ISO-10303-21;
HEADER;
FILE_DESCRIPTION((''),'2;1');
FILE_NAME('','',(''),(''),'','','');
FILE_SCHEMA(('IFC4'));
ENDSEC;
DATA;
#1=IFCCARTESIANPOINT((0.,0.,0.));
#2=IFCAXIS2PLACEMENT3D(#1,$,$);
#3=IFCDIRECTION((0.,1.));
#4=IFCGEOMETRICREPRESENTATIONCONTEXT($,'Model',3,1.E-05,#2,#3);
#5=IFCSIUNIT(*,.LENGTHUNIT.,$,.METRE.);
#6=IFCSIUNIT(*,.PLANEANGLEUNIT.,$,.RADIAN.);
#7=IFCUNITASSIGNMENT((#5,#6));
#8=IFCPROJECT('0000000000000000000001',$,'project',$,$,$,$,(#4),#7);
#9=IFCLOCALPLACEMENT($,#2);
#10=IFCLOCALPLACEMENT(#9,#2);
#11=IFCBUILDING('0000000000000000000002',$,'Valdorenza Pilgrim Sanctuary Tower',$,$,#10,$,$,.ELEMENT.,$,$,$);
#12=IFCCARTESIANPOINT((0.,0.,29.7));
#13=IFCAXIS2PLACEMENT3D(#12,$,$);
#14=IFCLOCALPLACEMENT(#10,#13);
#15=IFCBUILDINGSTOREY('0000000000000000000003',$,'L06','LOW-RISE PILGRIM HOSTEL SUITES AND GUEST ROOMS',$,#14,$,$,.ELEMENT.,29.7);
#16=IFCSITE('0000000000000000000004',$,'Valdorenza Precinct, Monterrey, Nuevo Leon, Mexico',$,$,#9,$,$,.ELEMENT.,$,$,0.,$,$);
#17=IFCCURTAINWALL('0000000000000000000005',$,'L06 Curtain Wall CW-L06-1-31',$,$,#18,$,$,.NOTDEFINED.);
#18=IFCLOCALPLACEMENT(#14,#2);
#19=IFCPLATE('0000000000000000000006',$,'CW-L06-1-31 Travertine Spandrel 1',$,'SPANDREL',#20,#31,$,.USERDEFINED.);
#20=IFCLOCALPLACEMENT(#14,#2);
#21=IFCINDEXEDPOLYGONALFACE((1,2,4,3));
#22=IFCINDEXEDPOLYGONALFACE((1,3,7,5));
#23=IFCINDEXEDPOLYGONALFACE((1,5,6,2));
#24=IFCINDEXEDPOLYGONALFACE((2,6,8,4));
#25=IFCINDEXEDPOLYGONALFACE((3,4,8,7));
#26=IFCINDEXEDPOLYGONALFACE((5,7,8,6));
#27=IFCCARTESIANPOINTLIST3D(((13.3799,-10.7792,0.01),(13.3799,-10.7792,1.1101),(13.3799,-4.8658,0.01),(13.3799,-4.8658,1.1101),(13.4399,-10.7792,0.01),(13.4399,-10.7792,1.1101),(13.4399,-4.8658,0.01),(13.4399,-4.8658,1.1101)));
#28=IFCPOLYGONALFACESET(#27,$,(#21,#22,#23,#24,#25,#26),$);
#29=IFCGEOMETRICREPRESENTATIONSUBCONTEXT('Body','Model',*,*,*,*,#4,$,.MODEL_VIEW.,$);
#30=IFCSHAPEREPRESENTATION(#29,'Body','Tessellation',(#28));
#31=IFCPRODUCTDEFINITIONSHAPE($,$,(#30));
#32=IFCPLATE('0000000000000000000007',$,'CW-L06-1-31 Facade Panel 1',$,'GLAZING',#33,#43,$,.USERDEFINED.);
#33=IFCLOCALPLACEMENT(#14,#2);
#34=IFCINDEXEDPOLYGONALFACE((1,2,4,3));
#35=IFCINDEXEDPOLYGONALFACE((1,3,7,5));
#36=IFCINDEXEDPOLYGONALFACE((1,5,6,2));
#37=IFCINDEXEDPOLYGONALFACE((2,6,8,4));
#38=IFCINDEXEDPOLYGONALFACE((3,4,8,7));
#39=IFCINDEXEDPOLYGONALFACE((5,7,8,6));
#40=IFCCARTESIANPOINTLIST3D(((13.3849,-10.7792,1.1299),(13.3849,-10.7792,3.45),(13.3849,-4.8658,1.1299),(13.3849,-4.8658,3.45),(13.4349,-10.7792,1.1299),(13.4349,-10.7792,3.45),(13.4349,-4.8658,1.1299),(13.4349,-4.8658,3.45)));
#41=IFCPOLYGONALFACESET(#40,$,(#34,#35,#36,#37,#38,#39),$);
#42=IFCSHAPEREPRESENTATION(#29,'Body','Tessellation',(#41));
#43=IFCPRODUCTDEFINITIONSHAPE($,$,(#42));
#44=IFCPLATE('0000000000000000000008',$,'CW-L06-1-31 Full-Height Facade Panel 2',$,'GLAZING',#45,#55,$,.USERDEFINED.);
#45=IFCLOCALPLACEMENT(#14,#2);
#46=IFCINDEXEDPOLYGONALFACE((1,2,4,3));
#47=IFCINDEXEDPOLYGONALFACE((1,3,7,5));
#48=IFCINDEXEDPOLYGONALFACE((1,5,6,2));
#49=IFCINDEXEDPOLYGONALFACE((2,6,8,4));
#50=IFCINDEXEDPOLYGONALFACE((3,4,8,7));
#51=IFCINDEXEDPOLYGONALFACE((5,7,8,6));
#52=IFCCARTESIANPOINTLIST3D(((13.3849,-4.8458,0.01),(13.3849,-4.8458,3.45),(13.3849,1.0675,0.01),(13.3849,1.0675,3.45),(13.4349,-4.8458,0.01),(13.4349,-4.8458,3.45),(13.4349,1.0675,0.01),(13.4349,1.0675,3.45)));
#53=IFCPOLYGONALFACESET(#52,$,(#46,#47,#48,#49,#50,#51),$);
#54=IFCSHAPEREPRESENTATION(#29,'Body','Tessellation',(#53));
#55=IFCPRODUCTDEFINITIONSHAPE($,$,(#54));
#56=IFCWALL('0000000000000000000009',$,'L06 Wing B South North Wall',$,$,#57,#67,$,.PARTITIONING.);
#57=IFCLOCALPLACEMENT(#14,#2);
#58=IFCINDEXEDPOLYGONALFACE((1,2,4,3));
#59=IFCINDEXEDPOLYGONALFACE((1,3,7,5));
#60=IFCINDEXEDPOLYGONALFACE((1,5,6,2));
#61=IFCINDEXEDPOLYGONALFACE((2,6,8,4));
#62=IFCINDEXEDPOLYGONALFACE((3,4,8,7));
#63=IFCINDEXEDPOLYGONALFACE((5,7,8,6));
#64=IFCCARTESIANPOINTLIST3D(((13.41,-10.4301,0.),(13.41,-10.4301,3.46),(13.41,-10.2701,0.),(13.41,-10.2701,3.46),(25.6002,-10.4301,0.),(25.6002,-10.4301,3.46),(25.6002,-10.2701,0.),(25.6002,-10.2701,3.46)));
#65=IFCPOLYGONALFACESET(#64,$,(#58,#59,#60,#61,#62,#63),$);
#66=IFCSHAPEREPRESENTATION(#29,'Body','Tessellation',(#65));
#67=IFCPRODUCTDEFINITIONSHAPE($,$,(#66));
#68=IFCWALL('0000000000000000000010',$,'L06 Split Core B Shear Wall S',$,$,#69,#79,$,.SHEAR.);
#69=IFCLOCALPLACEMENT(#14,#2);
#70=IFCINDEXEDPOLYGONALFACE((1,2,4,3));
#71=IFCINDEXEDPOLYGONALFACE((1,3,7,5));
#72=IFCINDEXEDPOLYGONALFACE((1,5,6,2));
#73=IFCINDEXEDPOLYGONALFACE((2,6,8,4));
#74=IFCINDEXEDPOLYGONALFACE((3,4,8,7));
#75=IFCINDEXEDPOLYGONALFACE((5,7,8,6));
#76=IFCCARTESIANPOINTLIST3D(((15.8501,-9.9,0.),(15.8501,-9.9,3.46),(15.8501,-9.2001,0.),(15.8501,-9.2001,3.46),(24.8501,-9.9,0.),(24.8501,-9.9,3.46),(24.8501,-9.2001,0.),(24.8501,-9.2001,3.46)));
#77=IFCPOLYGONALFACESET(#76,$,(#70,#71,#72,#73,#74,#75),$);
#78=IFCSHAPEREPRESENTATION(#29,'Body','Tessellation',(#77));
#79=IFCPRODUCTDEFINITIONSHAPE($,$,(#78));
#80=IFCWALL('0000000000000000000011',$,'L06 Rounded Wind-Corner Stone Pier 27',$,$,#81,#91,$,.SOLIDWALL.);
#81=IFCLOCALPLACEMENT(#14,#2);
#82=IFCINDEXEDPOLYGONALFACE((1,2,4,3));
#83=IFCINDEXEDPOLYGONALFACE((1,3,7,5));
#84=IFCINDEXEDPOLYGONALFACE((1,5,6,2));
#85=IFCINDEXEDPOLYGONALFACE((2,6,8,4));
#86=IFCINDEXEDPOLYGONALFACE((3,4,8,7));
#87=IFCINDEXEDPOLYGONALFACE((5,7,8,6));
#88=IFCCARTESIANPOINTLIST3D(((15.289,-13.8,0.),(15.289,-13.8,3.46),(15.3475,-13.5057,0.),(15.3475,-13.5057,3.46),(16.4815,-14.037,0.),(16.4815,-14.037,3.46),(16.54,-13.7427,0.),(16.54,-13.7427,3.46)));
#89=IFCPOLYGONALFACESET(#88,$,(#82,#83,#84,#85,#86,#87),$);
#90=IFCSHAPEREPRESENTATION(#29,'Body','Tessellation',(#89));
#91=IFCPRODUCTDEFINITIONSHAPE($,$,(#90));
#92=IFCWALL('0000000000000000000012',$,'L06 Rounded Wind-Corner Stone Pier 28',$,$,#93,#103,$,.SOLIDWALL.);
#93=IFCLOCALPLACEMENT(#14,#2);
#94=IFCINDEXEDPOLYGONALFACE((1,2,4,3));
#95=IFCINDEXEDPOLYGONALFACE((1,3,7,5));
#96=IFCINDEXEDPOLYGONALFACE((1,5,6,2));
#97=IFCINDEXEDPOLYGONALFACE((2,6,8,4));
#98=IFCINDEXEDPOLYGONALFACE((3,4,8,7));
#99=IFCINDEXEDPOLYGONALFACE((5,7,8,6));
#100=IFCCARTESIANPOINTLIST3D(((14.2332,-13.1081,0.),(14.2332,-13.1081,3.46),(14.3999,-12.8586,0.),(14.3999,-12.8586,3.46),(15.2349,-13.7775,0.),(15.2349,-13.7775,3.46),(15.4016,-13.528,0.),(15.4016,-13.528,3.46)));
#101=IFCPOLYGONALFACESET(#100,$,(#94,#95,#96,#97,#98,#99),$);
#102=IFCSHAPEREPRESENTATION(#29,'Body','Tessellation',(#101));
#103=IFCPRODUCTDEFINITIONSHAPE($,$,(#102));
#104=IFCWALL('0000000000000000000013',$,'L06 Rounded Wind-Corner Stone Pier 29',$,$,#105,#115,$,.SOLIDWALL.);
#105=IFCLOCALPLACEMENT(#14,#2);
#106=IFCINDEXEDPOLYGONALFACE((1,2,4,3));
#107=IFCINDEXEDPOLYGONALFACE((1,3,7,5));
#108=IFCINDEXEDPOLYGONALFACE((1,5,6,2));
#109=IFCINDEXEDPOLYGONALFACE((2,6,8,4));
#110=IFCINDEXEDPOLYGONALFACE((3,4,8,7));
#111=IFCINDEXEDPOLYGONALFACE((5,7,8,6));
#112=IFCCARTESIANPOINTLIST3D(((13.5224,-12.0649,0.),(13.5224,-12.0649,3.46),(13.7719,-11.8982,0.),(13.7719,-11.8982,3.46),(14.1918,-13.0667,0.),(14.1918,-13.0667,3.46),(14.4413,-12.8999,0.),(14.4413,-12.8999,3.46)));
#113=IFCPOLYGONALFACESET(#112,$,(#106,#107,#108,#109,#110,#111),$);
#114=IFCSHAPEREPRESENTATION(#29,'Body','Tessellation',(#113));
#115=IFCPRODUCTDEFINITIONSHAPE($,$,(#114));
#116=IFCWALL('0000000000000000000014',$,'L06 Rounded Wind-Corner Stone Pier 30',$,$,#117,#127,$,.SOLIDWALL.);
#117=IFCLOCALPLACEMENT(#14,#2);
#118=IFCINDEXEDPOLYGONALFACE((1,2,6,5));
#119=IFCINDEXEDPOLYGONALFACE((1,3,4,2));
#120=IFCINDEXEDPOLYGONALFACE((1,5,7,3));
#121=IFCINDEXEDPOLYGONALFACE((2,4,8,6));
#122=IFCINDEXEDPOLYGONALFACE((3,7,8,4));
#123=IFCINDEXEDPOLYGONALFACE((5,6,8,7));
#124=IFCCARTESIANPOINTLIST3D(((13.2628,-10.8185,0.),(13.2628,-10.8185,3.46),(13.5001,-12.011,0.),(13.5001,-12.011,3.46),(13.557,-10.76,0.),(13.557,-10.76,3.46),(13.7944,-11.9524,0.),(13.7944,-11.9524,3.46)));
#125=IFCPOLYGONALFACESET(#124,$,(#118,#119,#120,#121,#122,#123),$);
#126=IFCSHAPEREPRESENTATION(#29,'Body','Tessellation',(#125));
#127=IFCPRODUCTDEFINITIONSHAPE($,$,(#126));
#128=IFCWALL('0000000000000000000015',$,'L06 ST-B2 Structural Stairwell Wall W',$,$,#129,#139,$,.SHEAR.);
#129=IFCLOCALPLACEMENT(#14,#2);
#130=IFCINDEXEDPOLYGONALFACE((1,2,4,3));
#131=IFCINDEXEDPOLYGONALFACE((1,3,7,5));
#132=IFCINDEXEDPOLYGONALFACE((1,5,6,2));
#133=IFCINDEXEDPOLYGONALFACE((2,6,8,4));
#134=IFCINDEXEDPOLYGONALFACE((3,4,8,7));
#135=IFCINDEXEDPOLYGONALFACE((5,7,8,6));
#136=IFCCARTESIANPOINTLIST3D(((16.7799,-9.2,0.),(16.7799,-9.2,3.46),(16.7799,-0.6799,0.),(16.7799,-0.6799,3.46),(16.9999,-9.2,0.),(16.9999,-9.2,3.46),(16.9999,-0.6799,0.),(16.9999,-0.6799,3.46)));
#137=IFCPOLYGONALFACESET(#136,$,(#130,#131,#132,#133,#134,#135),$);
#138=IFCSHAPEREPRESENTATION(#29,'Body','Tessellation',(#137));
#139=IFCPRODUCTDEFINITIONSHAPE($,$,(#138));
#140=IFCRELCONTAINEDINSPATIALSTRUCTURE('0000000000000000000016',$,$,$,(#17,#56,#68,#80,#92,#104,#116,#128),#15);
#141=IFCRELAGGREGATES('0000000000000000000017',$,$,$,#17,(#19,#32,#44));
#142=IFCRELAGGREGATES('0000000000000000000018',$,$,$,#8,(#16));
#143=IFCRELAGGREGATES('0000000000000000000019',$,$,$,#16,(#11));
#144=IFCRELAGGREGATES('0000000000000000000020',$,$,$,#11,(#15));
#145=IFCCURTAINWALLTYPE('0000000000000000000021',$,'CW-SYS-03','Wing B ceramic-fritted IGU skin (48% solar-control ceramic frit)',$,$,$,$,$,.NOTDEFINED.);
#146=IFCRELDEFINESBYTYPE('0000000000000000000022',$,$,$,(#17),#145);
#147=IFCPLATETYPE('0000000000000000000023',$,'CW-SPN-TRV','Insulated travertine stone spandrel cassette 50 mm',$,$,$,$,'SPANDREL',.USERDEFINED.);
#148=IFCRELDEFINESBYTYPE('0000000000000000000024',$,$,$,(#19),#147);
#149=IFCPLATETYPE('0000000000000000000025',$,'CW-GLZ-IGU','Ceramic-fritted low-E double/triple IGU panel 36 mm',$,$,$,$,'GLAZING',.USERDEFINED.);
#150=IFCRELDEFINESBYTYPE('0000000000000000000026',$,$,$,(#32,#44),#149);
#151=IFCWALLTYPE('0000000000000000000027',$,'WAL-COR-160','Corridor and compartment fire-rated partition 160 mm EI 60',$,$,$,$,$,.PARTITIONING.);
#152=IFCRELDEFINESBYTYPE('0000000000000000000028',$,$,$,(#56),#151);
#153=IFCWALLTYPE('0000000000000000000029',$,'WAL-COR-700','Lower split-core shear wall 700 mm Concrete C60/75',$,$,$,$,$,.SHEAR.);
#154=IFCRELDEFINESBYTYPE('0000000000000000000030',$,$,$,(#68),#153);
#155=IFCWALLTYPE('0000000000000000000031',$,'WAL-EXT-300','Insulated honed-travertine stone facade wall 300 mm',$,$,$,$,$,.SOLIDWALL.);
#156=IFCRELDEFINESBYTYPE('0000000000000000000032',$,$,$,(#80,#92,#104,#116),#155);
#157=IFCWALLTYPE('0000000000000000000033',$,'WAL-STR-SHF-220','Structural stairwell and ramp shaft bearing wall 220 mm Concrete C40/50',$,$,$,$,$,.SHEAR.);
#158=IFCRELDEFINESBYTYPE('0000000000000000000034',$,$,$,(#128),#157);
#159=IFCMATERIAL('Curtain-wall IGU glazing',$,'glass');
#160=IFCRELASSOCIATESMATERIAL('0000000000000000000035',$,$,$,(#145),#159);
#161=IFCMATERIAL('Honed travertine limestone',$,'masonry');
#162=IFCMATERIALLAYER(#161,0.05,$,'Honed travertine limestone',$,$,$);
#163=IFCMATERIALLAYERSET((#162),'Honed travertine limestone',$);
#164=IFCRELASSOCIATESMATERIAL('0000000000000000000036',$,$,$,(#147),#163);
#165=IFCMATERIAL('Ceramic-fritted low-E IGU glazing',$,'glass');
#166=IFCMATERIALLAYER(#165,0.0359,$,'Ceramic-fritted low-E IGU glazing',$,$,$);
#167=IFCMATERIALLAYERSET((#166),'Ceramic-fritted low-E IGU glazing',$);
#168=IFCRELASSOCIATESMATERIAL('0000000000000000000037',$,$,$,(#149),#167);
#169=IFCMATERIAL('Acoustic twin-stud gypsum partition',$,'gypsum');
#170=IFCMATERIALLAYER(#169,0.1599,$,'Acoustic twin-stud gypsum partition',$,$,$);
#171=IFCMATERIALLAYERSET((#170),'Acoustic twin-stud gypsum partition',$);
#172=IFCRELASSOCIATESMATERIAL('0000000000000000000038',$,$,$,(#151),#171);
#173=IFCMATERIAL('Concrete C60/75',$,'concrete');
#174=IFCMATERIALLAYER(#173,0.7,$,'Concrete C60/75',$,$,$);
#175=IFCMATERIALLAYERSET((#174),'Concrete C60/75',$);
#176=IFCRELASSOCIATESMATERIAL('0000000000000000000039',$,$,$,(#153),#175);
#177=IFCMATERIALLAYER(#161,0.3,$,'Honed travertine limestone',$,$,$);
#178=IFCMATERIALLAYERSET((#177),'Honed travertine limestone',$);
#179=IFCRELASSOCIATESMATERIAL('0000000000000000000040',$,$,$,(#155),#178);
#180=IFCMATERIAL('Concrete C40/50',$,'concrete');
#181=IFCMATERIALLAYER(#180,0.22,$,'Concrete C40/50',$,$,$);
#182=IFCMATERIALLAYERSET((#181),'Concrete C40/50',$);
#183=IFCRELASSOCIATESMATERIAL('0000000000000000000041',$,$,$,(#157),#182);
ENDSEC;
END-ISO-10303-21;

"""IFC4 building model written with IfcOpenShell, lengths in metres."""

from ifc_helpers import new_model, si_unit, direction, frame, frame_2d, origin, origin_2d, place, context, subcontext, project, spatial, rectangle, extrude, source, transform, mapped, material, layer, layer_set, type_object, element, aggregate, save


model = new_model("IFC4")

# Units and contexts
model_context = context("Model", 3, precision=1e-05, world=origin(), true_north=direction((0.0, 1.0)))
body_context = subcontext(model_context, "Body", "Model", "MODEL_VIEW")
ifc_project = project(units=[si_unit("LENGTHUNIT", "METRE"), si_unit("PLANEANGLEUNIT", "RADIAN")], contexts=[model_context])

# Site, building, storey
site_placement = place(None, origin())
site = spatial("IfcSite", under=ifc_project, at=site_placement, Name="Valdorenza Precinct, Monterrey, Nuevo Leon, Mexico", CompositionType="ELEMENT", RefElevation=0.0)
building_placement = place(site_placement, origin())
building = spatial("IfcBuilding", under=site, at=building_placement, Name="Valdorenza Pilgrim Sanctuary Tower", CompositionType="ELEMENT")
storey_placement = place(building_placement, frame((0.0, 0.0, 29.7)))
storey = spatial("IfcBuildingStorey", under=building, at=storey_placement, Name="L06", Description="LOW-RISE PILGRIM HOSTEL SUITES AND GUEST ROOMS", CompositionType="ELEMENT", Elevation=29.7)

# Shared definitions
ifc_material_1 = material(Name="Concrete C60/75", Category="concrete")

# Shared definitions
ifc_material_2 = material(Name="Curtain-wall IGU glazing", Category="glass")
curtain_wall_type = type_object("IfcCurtainWallType", Name="CW-SYS-03", Description="Wing B ceramic-fritted IGU skin (48% solar-control ceramic frit)", PredefinedType="NOTDEFINED", material=ifc_material_2)

# Curtain wall, plates
curtain_wall_1_placement = place(storey_placement, origin())
curtain_wall_1 = element("IfcCurtainWall", 1, at=curtain_wall_1_placement, inside=storey, type_object=curtain_wall_type, Name="L06 Curtain Wall CW-L06-1-31", PredefinedType="NOTDEFINED")
ifc_material_3 = material(Name="Honed travertine limestone", Category="masonry")
ifc_layer_1 = layer(ifc_material_3, 0.05, Name="Honed travertine limestone")
ifc_layer_set_1 = layer_set([ifc_layer_1], Name="Honed travertine limestone")
plate_type_1 = type_object("IfcPlateType", Name="CW-SPN-TRV", Description="Insulated travertine stone spandrel cassette 50 mm", ElementType="SPANDREL", PredefinedType="USERDEFINED", material=ifc_layer_set_1)
shared_shape_1 = source(origin(), body_context, "Body", "SweptSolid", [
    extrude(rectangle(XDim=5.9133, YDim=0.0601, at=origin_2d()), origin(), (0.0, 0.0, 1.0), 1.1001),
])
plate_1_placement = place(storey_placement, frame((13.4099, -7.8225, 0.01), z_axis=(0.0, 0.0, 1.0), x_axis=(0.0, 1.0, 0.0)))
plate_1 = element("IfcPlate", 2, at=plate_1_placement, type_object=plate_type_1, Name="CW-L06-1-31 Travertine Spandrel 1", ObjectType="SPANDREL", PredefinedType="USERDEFINED", context=body_context, shape_type="MappedRepresentation", body=[
    mapped(shared_shape_1, transform((0.0, 0.0, 0.0), x_axis=(1.0, 0.0, 0.0), y_axis=(0.0, 1.0, 0.0), z_axis=(0.0, 0.0, 1.0), scale=1.0)),
])
ifc_material_4 = material(Name="Ceramic-fritted low-E IGU glazing", Category="glass")
ifc_layer_2 = layer(ifc_material_4, 0.0359, Name="Ceramic-fritted low-E IGU glazing")
ifc_layer_set_2 = layer_set([ifc_layer_2], Name="Ceramic-fritted low-E IGU glazing")
plate_type_2 = type_object("IfcPlateType", Name="CW-GLZ-IGU", Description="Ceramic-fritted low-E double/triple IGU panel 36 mm", ElementType="GLAZING", PredefinedType="USERDEFINED", material=ifc_layer_set_2)
shared_shape_2 = source(origin(), body_context, "Body", "SweptSolid", [
    extrude(rectangle(XDim=5.9133, YDim=0.05, at=origin_2d()), origin(), (0.0, 0.0, 1.0), 2.3201),
])
plate_2_placement = place(storey_placement, frame((13.4099, -7.8225, 1.1299), z_axis=(0.0, 0.0, 1.0), x_axis=(0.0, 1.0, 0.0)))
plate_2 = element("IfcPlate", 3, at=plate_2_placement, type_object=plate_type_2, Name="CW-L06-1-31 Facade Panel 1", ObjectType="GLAZING", PredefinedType="USERDEFINED", context=body_context, shape_type="MappedRepresentation", body=[
    mapped(shared_shape_2, transform((0.0, 0.0, 0.0), x_axis=(1.0, 0.0, 0.0), y_axis=(0.0, 1.0, 0.0), z_axis=(0.0, 0.0, 1.0), scale=1.0)),
])
shared_shape_3 = source(origin(), body_context, "Body", "SweptSolid", [
    extrude(rectangle(XDim=5.9133, YDim=0.05, at=origin_2d()), origin(), (0.0, 0.0, 1.0), 3.4399),
])
plate_3_placement = place(storey_placement, frame((13.4099, -1.8892, 0.01), z_axis=(0.0, 0.0, 1.0), x_axis=(0.0, 1.0, 0.0)))
plate_3 = element("IfcPlate", 4, at=plate_3_placement, type_object=plate_type_2, Name="CW-L06-1-31 Full-Height Facade Panel 2", ObjectType="GLAZING", PredefinedType="USERDEFINED", context=body_context, shape_type="MappedRepresentation", body=[
    mapped(shared_shape_3, transform((0.0, 0.0, 0.0), x_axis=(1.0, 0.0, 0.0), y_axis=(0.0, 1.0, 0.0), z_axis=(0.0, 0.0, 1.0), scale=1.0)),
])
aggregate(curtain_wall_1, [plate_1, plate_2, plate_3])

# Walls
ifc_material_5 = material(Name="Acoustic twin-stud gypsum partition", Category="gypsum")
ifc_layer_3 = layer(ifc_material_5, 0.1599, Name="Acoustic twin-stud gypsum partition")
ifc_layer_set_3 = layer_set([ifc_layer_3], Name="Acoustic twin-stud gypsum partition")
wall_type_1 = type_object("IfcWallType", Name="WAL-COR-160", Description="Corridor and compartment fire-rated partition 160 mm EI 60", PredefinedType="PARTITIONING", material=ifc_layer_set_3)
wall_1_placement = place(storey_placement, frame((13.4099, -10.3501, 0.0), z_axis=(0.0, 0.0, 1.0), x_axis=(1.0, 0.0, 0.0)))
element("IfcWall", 5, at=wall_1_placement, inside=storey, type_object=wall_type_1, Name="L06 Wing B South North Wall", PredefinedType="PARTITIONING", context=body_context, shape_type="SweptSolid", body=[
    extrude(rectangle(XDim=12.1902, YDim=0.1599, at=frame_2d((6.0952, 0.0))), origin(), (0.0, 0.0, 1.0), 3.46),
])
ifc_layer_4 = layer(ifc_material_1, 0.7, Name="Concrete C60/75")
ifc_layer_set_4 = layer_set([ifc_layer_4], Name="Concrete C60/75")
wall_type_2 = type_object("IfcWallType", Name="WAL-COR-700", Description="Lower split-core shear wall 700 mm Concrete C60/75", PredefinedType="SHEAR", material=ifc_layer_set_4)
wall_2_placement = place(storey_placement, frame((15.8501, -9.55, 0.0), z_axis=(0.0, 0.0, 1.0), x_axis=(1.0, 0.0, 0.0)))
element("IfcWall", 6, at=wall_2_placement, inside=storey, type_object=wall_type_2, Name="L06 Split Core B Shear Wall S", PredefinedType="SHEAR", context=body_context, shape_type="SweptSolid", body=[
    extrude(rectangle(XDim=9.0, YDim=0.7, at=frame_2d((4.5, 0.0))), origin(), (0.0, 0.0, 1.0), 3.46),
])
ifc_layer_5 = layer(ifc_material_3, 0.3, Name="Honed travertine limestone")
ifc_layer_set_5 = layer_set([ifc_layer_5], Name="Honed travertine limestone")
wall_type_3 = type_object("IfcWallType", Name="WAL-EXT-300", Description="Insulated honed-travertine stone facade wall 300 mm", PredefinedType="SOLIDWALL", material=ifc_layer_set_5)
wall_3_placement = place(storey_placement, frame((16.5107, -13.8899, 0.0), z_axis=(0.0, 0.0, 1.0), x_axis=(-0.980804, 0.194996, 0.0)))
element("IfcWall", 7, at=wall_3_placement, inside=storey, type_object=wall_type_3, Name="L06 Rounded Wind-Corner Stone Pier 27", PredefinedType="SOLIDWALL", context=body_context, shape_type="SweptSolid", body=[
    extrude(rectangle(XDim=1.2158, YDim=0.3, at=frame_2d((0.6079, 0.0))), origin(), (0.0, 0.0, 1.0), 3.46),
])
for number, where, z_axis, x_axis, name in (
    (8, (15.3184, -13.6528, 0.0), (0.0, 0.0, 1.0), (-0.831426, 0.555635, 0.0), "L06 Rounded Wind-Corner Stone Pier 28"),
    (9, (14.3167, -12.9834, 0.0), (0.0, 0.0, 1.0), (-0.555635, 0.831426, 0.0), "L06 Rounded Wind-Corner Stone Pier 29"),
):
    element("IfcWall", number, at=place(storey_placement, frame(where, z_axis=z_axis, x_axis=x_axis)), inside=storey, type_object=wall_type_3, Name=name, PredefinedType="SOLIDWALL", context=body_context, shape_type="SweptSolid", body=[
        extrude(rectangle(XDim=1.2048, YDim=0.3, at=frame_2d((0.6025, 0.0))), origin(), (0.0, 0.0, 1.0), 3.46),
    ])
wall_4_placement = place(storey_placement, frame((13.6472, -11.9817, 0.0), z_axis=(0.0, 0.0, 1.0), x_axis=(-0.195189, 0.980766, 0.0)))
element("IfcWall", 10, at=wall_4_placement, inside=storey, type_object=wall_type_3, Name="L06 Rounded Wind-Corner Stone Pier 30", PredefinedType="SOLIDWALL", context=body_context, shape_type="SweptSolid", body=[
    extrude(rectangle(XDim=1.2158, YDim=0.3, at=frame_2d((0.6079, 0.0))), origin(), (0.0, 0.0, 1.0), 3.46),
])
ifc_material_6 = material(Name="Concrete C40/50", Category="concrete")
ifc_layer_6 = layer(ifc_material_6, 0.22, Name="Concrete C40/50")
ifc_layer_set_6 = layer_set([ifc_layer_6], Name="Concrete C40/50")
wall_type_4 = type_object("IfcWallType", Name="WAL-STR-SHF-220", Description="Structural stairwell and ramp shaft bearing wall 220 mm Concrete C40/50", PredefinedType="SHEAR", material=ifc_layer_set_6)
wall_5_placement = place(storey_placement, frame((16.8899, -9.2, 0.0), z_axis=(0.0, 0.0, 1.0), x_axis=(0.0, 1.0, 0.0)))
element("IfcWall", 11, at=wall_5_placement, inside=storey, type_object=wall_type_4, Name="L06 ST-B2 Structural Stairwell Wall W", PredefinedType="SHEAR", context=body_context, shape_type="SweptSolid", body=[
    extrude(rectangle(XDim=8.52, YDim=0.22, at=frame_2d((4.26, 0.0))), origin(), (0.0, 0.0, 1.0), 3.46),
])

save(model, "model.ifc")
